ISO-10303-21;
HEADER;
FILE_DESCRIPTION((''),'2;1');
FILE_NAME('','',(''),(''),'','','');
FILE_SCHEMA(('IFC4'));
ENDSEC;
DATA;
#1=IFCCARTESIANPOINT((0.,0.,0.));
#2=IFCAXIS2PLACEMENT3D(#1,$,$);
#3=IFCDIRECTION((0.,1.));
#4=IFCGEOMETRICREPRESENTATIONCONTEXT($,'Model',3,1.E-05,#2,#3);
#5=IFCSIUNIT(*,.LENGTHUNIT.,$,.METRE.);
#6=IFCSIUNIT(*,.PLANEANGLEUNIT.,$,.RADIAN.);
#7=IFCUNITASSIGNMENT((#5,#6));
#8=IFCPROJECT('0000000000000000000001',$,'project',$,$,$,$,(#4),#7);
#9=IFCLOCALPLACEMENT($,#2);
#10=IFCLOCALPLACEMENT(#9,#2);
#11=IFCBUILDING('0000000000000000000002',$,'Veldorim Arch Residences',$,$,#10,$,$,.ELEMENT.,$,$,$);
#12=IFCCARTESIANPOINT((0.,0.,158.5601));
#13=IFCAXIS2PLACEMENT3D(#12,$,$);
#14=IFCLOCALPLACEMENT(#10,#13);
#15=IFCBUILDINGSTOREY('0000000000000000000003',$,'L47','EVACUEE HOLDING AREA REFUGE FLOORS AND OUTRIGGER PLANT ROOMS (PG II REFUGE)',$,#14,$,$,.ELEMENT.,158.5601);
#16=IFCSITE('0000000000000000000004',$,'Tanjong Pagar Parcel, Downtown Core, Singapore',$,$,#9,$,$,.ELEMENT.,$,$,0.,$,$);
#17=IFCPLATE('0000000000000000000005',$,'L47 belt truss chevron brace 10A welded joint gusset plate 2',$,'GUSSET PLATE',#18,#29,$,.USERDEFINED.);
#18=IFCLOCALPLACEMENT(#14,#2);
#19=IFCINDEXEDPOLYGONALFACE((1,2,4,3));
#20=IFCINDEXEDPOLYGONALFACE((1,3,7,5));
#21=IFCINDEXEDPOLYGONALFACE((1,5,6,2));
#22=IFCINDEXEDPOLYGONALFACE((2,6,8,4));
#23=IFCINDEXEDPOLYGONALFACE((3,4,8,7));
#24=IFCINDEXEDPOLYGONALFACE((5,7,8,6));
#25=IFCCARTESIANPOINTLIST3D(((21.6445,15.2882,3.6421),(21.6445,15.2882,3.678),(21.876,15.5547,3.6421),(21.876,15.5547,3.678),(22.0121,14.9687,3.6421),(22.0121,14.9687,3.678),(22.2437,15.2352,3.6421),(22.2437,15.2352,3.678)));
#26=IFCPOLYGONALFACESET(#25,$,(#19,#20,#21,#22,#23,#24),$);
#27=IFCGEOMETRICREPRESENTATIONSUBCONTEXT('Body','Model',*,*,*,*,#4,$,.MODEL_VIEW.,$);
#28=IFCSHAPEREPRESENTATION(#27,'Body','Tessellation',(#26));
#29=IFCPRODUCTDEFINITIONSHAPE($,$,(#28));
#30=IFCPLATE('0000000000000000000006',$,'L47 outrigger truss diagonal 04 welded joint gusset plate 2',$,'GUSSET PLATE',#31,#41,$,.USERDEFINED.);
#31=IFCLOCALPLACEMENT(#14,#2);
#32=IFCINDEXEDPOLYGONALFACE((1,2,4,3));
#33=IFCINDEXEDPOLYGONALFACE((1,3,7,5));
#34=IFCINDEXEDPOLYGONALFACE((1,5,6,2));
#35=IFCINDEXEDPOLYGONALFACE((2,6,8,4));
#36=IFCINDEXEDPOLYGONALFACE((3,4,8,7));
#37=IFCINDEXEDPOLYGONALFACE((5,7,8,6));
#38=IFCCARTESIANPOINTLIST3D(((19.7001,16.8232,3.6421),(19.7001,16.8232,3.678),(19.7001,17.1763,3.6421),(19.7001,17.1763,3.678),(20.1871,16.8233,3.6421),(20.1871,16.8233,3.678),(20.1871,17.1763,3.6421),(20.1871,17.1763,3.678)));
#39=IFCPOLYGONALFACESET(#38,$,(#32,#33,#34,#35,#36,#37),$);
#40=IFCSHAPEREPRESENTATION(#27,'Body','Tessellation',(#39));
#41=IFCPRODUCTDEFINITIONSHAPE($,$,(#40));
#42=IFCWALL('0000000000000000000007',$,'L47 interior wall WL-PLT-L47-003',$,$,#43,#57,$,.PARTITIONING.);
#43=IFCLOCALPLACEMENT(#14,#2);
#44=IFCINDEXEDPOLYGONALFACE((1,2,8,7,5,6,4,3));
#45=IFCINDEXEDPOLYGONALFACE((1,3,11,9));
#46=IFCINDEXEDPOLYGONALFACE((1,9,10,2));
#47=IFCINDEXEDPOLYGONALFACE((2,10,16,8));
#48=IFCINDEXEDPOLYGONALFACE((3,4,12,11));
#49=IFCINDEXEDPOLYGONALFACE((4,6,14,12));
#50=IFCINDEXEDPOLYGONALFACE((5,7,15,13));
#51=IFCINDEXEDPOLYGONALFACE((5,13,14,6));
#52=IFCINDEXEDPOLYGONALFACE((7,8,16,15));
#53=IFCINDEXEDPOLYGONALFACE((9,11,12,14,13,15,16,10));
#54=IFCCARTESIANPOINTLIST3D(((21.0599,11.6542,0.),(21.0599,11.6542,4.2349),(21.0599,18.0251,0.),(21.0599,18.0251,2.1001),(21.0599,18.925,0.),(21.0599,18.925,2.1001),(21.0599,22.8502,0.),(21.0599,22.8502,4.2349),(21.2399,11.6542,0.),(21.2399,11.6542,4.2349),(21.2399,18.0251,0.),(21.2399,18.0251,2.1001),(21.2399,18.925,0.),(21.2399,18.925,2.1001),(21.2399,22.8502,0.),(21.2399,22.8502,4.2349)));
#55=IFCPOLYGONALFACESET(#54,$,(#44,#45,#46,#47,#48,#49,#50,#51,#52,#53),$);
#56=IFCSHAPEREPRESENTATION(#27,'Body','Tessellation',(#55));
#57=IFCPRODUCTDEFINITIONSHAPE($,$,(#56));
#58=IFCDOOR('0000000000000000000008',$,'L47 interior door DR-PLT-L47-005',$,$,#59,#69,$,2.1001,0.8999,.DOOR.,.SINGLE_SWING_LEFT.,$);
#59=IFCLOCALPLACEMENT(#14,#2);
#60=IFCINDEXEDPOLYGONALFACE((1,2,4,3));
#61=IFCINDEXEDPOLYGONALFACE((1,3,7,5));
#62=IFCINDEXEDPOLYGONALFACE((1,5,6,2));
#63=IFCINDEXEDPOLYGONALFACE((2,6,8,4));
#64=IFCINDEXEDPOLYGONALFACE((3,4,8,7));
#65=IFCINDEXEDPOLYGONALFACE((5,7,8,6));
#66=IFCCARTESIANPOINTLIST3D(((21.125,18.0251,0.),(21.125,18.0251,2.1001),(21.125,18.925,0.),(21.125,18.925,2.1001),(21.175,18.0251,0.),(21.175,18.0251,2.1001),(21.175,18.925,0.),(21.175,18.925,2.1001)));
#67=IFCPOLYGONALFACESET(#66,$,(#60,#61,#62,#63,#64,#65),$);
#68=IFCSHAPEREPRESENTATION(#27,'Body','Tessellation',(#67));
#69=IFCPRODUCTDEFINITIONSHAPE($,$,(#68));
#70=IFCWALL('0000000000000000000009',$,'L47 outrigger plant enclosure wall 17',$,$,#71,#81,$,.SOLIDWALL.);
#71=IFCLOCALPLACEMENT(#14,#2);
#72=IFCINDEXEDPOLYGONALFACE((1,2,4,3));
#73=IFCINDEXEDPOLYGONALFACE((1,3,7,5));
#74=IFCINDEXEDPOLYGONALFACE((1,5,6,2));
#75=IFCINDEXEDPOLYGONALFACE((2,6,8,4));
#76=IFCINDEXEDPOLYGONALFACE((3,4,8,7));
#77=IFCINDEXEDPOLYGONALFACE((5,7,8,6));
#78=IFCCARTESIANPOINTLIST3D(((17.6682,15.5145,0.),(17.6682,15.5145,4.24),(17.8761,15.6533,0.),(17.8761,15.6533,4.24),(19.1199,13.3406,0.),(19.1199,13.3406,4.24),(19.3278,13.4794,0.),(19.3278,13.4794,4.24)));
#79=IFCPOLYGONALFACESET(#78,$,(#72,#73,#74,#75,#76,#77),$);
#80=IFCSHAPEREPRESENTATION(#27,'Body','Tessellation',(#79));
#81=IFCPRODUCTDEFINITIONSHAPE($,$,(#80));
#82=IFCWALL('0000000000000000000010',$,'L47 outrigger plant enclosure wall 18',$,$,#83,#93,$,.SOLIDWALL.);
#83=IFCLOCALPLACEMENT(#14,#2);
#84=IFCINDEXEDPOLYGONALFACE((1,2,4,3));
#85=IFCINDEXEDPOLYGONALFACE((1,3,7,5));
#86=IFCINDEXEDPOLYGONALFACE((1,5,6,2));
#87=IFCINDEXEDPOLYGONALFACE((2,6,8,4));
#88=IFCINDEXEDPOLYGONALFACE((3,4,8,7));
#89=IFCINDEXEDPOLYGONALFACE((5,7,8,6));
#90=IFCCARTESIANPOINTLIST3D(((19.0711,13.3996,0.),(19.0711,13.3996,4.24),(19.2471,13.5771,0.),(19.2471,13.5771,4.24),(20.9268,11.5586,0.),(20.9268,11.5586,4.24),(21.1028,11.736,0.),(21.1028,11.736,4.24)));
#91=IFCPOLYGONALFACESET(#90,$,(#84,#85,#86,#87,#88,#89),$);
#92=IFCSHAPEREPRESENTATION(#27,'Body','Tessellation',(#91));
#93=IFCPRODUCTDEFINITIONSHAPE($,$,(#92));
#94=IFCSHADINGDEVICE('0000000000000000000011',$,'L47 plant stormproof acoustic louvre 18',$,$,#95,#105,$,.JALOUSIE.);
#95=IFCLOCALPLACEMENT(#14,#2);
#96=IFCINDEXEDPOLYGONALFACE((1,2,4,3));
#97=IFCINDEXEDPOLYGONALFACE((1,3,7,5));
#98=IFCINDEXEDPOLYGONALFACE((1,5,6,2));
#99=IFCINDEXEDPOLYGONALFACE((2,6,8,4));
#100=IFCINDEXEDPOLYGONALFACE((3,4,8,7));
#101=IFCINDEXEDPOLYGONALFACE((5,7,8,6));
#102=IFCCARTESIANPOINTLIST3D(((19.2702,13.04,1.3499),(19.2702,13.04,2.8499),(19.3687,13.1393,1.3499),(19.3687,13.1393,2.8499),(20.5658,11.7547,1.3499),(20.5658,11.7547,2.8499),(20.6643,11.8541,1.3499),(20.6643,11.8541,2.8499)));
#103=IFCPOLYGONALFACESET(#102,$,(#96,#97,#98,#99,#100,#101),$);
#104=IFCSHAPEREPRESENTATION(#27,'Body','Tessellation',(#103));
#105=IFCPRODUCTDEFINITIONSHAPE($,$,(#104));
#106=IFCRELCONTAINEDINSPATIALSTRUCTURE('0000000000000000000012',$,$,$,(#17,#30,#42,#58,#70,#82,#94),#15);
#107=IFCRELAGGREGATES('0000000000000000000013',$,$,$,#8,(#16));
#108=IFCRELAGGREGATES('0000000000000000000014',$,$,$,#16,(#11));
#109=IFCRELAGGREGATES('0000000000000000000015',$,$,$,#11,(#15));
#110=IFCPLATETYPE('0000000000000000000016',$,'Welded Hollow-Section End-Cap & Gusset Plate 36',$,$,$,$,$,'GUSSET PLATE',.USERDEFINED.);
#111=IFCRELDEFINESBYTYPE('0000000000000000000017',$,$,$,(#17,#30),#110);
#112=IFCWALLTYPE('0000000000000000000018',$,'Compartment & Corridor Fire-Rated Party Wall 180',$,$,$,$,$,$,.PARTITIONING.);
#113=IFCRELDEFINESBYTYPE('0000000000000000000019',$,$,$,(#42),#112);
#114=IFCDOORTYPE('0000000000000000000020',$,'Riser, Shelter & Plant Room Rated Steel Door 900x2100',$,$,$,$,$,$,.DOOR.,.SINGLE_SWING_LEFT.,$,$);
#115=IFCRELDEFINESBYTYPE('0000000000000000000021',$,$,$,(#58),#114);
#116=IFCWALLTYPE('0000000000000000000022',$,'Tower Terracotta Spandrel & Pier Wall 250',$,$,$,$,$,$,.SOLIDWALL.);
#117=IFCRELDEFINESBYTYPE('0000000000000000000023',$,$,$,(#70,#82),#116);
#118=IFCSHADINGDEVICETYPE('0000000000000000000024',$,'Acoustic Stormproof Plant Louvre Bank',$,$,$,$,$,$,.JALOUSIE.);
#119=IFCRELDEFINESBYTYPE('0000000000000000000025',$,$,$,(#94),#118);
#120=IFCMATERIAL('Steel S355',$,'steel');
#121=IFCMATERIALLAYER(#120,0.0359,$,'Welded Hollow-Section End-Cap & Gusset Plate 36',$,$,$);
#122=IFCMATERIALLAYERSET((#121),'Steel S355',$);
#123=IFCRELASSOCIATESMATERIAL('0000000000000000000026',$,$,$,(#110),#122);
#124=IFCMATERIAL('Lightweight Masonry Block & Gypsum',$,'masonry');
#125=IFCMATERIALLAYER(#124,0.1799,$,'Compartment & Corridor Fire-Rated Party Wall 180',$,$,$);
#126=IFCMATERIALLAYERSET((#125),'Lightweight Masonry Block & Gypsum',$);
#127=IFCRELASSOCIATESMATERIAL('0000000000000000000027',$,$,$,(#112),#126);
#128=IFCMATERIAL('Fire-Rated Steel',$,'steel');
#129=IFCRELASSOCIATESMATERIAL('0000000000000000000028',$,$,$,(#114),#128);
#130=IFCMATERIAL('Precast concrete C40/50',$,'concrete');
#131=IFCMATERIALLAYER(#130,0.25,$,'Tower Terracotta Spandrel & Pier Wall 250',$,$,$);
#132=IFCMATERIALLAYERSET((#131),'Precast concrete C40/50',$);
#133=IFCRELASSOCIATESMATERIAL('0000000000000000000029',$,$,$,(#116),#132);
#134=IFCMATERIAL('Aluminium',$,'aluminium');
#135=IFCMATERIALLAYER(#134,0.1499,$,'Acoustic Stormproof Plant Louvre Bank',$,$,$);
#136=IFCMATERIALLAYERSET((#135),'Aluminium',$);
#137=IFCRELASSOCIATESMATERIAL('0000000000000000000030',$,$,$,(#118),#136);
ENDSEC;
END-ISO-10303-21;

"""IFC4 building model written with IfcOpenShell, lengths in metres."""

from ifc_helpers import new_model, si_unit, direction, frame, frame_2d, origin, origin_2d, place, context, subcontext, project, spatial, rectangle, extrude, material, layer, layer_set, type_object, element, fill, save


model = new_model("IFC4")

# Units and contexts
model_context = context("Model", 3, precision=1e-05, world=origin(), true_north=direction((0.0, 1.0)))
body_context = subcontext(model_context, "Body", "Model", "MODEL_VIEW")
ifc_project = project(units=[si_unit("LENGTHUNIT", "METRE"), si_unit("PLANEANGLEUNIT", "RADIAN")], contexts=[model_context])

# Site, building, storey
site_placement = place(None, origin())
site = spatial("IfcSite", under=ifc_project, at=site_placement, Name="Tanjong Pagar Parcel, Downtown Core, Singapore", CompositionType="ELEMENT", RefElevation=0.0)
building_placement = place(site_placement, origin())
building = spatial("IfcBuilding", under=site, at=building_placement, Name="Veldorim Arch Residences", CompositionType="ELEMENT")
storey_placement = place(building_placement, frame((0.0, 0.0, 158.5601)))
storey = spatial("IfcBuildingStorey", under=building, at=storey_placement, Name="L47", Description="EVACUEE HOLDING AREA REFUGE FLOORS AND OUTRIGGER PLANT ROOMS (PG II REFUGE)", CompositionType="ELEMENT", Elevation=158.5601)

# Plates
ifc_material_1 = material(Name="Steel S355", Category="steel")
ifc_layer_1 = layer(ifc_material_1, 0.0359, Name="Welded Hollow-Section End-Cap & Gusset Plate 36")
ifc_layer_set_1 = layer_set([ifc_layer_1], Name="Steel S355")
plate_type = type_object("IfcPlateType", Name="Welded Hollow-Section End-Cap & Gusset Plate 36", ElementType="GUSSET PLATE", PredefinedType="USERDEFINED", material=ifc_layer_set_1)
for number, where, z_axis, x_axis, name in (
    (1, (21.9441, 15.2617, 3.6421), (0.0, 0.0, 1.0), (0.754824, -0.655927, 0.0), "L47 belt truss chevron brace 10A welded joint gusset plate 2"),
    (2, (19.9436, 16.9998, 3.6421), (0.0, 0.0, 1.0), (-1.0, -0.00007, 0.0), "L47 outrigger truss diagonal 04 welded joint gusset plate 2"),
):
    element("IfcPlate", number, at=place(storey_placement, frame(where, z_axis=z_axis, x_axis=x_axis)), inside=storey, type_object=plate_type, Name=name, ObjectType="GUSSET PLATE", PredefinedType="USERDEFINED", context=body_context, shape_type="SweptSolid", body=[
        extrude(rectangle(XDim=0.4871, YDim=0.353, at=origin_2d()), origin(), (0.0, 0.0, 1.0), 0.0359),
    ])

# Wall, opening, door
ifc_material_2 = material(Name="Lightweight Masonry Block & Gypsum", Category="masonry")
ifc_layer_2 = layer(ifc_material_2, 0.1799, Name="Compartment & Corridor Fire-Rated Party Wall 180")
ifc_layer_set_2 = layer_set([ifc_layer_2], Name="Lightweight Masonry Block & Gypsum")
wall_type_1 = type_object("IfcWallType", Name="Compartment & Corridor Fire-Rated Party Wall 180", PredefinedType="PARTITIONING", material=ifc_layer_set_2)
wall_1_placement = place(storey_placement, frame((21.1499, 11.6541, 0.0), z_axis=(0.0, 0.0, 1.0), x_axis=(0.0, 1.0, 0.0)))
wall_1 = element("IfcWall", 3, at=wall_1_placement, inside=storey, type_object=wall_type_1, Name="L47 interior wall WL-PLT-L47-003", PredefinedType="PARTITIONING", context=body_context, shape_type="SweptSolid", body=[
    extrude(rectangle(XDim=11.196, YDim=0.1799, at=frame_2d((5.5981, 0.0))), origin(), (0.0, 0.0, 1.0), 4.2349),
])
opening_1_placement = place(wall_1_placement, frame((6.3711, 0.0, 0.0)))
opening_1 = element("IfcOpeningElement", 4, at=opening_1_placement, cuts=wall_1, PredefinedType="OPENING", context=body_context, shape_type="SweptSolid", body=[
    extrude(rectangle(XDim=0.8999, YDim=2.1001, at=frame_2d((0.45, 1.05))), frame((0.0, 0.0999, 0.0), z_axis=(0.0, -1.0, 0.0), x_axis=(1.0, 0.0, 0.0)), (0.0, 0.0, 1.0), 0.2),
])
ifc_material_3 = material(Name="Fire-Rated Steel", Category="steel")
door_type_1 = type_object("IfcDoorType", Name="Riser, Shelter & Plant Room Rated Steel Door 900x2100", OperationType="SINGLE_SWING_LEFT", PredefinedType="DOOR", material=ifc_material_3)
door_1_placement = place(opening_1_placement, origin())
door_1 = element("IfcDoor", 5, at=door_1_placement, inside=storey, type_object=door_type_1, Name="L47 interior door DR-PLT-L47-005", OperationType="SINGLE_SWING_LEFT", OverallHeight=2.1001, OverallWidth=0.8999, PredefinedType="DOOR", context=body_context, shape_type="SweptSolid", body=[
    extrude(rectangle(XDim=0.8999, YDim=2.1001, at=frame_2d((0.45, 1.05))), frame((0.0, 0.0249, 0.0), z_axis=(0.0, -1.0, 0.0), x_axis=(1.0, 0.0, 0.0)), (0.0, 0.0, 1.0), 0.05),
])
fill(opening_1, door_1)

# Walls
ifc_material_4 = material(Name="Precast concrete C40/50", Category="concrete")
ifc_layer_3 = layer(ifc_material_4, 0.25, Name="Tower Terracotta Spandrel & Pier Wall 250")
ifc_layer_set_3 = layer_set([ifc_layer_3], Name="Precast concrete C40/50")
wall_type_2 = type_object("IfcWallType", Name="Tower Terracotta Spandrel & Pier Wall 250", PredefinedType="SOLIDWALL", material=ifc_layer_set_3)
for number, where, z_axis, x_axis, name in (
    (6, (19.2239, 13.4099, 0.0), (0.0, 0.0, 1.0), (-0.555347, 0.831619, 0.0), "L47 outrigger plant enclosure wall 17"),
    (7, (21.0149, 11.6472, 0.0), (0.0, 0.0, 1.0), (-0.709903, 0.704299, 0.0), "L47 outrigger plant enclosure wall 18"),
):
    element("IfcWall", number, at=place(storey_placement, frame(where, z_axis=z_axis, x_axis=x_axis)), inside=storey, type_object=wall_type_2, Name=name, PredefinedType="SOLIDWALL", context=body_context, shape_type="SweptSolid", body=[
        extrude(rectangle(XDim=2.614, YDim=0.25, at=frame_2d((1.3071, 0.0))), origin(), (0.0, 0.0, 1.0), 4.24),
    ])

# Shading device
ifc_material_5 = material(Name="Aluminium", Category="aluminium")
ifc_layer_4 = layer(ifc_material_5, 0.1499, Name="Acoustic Stormproof Plant Louvre Bank")
ifc_layer_set_4 = layer_set([ifc_layer_4], Name="Aluminium")
shading_device_type = type_object("IfcShadingDeviceType", Name="Acoustic Stormproof Plant Louvre Bank", PredefinedType="JALOUSIE", material=ifc_layer_set_4)
shading_device_placement = place(storey_placement, frame((19.9673, 12.447, 1.3499), z_axis=(0.0, 0.0, 1.0), x_axis=(-0.70994, 0.704263, 0.0)))
element("IfcShadingDevice", 8, at=shading_device_placement, inside=storey, type_object=shading_device_type, Name="L47 plant stormproof acoustic louvre 18", PredefinedType="JALOUSIE", context=body_context, shape_type="SweptSolid", body=[
    extrude(rectangle(XDim=1.825, YDim=0.1399, at=origin_2d()), origin(), (0.0, 0.0, 1.0), 1.5),
])

save(model, "model.ifc")
